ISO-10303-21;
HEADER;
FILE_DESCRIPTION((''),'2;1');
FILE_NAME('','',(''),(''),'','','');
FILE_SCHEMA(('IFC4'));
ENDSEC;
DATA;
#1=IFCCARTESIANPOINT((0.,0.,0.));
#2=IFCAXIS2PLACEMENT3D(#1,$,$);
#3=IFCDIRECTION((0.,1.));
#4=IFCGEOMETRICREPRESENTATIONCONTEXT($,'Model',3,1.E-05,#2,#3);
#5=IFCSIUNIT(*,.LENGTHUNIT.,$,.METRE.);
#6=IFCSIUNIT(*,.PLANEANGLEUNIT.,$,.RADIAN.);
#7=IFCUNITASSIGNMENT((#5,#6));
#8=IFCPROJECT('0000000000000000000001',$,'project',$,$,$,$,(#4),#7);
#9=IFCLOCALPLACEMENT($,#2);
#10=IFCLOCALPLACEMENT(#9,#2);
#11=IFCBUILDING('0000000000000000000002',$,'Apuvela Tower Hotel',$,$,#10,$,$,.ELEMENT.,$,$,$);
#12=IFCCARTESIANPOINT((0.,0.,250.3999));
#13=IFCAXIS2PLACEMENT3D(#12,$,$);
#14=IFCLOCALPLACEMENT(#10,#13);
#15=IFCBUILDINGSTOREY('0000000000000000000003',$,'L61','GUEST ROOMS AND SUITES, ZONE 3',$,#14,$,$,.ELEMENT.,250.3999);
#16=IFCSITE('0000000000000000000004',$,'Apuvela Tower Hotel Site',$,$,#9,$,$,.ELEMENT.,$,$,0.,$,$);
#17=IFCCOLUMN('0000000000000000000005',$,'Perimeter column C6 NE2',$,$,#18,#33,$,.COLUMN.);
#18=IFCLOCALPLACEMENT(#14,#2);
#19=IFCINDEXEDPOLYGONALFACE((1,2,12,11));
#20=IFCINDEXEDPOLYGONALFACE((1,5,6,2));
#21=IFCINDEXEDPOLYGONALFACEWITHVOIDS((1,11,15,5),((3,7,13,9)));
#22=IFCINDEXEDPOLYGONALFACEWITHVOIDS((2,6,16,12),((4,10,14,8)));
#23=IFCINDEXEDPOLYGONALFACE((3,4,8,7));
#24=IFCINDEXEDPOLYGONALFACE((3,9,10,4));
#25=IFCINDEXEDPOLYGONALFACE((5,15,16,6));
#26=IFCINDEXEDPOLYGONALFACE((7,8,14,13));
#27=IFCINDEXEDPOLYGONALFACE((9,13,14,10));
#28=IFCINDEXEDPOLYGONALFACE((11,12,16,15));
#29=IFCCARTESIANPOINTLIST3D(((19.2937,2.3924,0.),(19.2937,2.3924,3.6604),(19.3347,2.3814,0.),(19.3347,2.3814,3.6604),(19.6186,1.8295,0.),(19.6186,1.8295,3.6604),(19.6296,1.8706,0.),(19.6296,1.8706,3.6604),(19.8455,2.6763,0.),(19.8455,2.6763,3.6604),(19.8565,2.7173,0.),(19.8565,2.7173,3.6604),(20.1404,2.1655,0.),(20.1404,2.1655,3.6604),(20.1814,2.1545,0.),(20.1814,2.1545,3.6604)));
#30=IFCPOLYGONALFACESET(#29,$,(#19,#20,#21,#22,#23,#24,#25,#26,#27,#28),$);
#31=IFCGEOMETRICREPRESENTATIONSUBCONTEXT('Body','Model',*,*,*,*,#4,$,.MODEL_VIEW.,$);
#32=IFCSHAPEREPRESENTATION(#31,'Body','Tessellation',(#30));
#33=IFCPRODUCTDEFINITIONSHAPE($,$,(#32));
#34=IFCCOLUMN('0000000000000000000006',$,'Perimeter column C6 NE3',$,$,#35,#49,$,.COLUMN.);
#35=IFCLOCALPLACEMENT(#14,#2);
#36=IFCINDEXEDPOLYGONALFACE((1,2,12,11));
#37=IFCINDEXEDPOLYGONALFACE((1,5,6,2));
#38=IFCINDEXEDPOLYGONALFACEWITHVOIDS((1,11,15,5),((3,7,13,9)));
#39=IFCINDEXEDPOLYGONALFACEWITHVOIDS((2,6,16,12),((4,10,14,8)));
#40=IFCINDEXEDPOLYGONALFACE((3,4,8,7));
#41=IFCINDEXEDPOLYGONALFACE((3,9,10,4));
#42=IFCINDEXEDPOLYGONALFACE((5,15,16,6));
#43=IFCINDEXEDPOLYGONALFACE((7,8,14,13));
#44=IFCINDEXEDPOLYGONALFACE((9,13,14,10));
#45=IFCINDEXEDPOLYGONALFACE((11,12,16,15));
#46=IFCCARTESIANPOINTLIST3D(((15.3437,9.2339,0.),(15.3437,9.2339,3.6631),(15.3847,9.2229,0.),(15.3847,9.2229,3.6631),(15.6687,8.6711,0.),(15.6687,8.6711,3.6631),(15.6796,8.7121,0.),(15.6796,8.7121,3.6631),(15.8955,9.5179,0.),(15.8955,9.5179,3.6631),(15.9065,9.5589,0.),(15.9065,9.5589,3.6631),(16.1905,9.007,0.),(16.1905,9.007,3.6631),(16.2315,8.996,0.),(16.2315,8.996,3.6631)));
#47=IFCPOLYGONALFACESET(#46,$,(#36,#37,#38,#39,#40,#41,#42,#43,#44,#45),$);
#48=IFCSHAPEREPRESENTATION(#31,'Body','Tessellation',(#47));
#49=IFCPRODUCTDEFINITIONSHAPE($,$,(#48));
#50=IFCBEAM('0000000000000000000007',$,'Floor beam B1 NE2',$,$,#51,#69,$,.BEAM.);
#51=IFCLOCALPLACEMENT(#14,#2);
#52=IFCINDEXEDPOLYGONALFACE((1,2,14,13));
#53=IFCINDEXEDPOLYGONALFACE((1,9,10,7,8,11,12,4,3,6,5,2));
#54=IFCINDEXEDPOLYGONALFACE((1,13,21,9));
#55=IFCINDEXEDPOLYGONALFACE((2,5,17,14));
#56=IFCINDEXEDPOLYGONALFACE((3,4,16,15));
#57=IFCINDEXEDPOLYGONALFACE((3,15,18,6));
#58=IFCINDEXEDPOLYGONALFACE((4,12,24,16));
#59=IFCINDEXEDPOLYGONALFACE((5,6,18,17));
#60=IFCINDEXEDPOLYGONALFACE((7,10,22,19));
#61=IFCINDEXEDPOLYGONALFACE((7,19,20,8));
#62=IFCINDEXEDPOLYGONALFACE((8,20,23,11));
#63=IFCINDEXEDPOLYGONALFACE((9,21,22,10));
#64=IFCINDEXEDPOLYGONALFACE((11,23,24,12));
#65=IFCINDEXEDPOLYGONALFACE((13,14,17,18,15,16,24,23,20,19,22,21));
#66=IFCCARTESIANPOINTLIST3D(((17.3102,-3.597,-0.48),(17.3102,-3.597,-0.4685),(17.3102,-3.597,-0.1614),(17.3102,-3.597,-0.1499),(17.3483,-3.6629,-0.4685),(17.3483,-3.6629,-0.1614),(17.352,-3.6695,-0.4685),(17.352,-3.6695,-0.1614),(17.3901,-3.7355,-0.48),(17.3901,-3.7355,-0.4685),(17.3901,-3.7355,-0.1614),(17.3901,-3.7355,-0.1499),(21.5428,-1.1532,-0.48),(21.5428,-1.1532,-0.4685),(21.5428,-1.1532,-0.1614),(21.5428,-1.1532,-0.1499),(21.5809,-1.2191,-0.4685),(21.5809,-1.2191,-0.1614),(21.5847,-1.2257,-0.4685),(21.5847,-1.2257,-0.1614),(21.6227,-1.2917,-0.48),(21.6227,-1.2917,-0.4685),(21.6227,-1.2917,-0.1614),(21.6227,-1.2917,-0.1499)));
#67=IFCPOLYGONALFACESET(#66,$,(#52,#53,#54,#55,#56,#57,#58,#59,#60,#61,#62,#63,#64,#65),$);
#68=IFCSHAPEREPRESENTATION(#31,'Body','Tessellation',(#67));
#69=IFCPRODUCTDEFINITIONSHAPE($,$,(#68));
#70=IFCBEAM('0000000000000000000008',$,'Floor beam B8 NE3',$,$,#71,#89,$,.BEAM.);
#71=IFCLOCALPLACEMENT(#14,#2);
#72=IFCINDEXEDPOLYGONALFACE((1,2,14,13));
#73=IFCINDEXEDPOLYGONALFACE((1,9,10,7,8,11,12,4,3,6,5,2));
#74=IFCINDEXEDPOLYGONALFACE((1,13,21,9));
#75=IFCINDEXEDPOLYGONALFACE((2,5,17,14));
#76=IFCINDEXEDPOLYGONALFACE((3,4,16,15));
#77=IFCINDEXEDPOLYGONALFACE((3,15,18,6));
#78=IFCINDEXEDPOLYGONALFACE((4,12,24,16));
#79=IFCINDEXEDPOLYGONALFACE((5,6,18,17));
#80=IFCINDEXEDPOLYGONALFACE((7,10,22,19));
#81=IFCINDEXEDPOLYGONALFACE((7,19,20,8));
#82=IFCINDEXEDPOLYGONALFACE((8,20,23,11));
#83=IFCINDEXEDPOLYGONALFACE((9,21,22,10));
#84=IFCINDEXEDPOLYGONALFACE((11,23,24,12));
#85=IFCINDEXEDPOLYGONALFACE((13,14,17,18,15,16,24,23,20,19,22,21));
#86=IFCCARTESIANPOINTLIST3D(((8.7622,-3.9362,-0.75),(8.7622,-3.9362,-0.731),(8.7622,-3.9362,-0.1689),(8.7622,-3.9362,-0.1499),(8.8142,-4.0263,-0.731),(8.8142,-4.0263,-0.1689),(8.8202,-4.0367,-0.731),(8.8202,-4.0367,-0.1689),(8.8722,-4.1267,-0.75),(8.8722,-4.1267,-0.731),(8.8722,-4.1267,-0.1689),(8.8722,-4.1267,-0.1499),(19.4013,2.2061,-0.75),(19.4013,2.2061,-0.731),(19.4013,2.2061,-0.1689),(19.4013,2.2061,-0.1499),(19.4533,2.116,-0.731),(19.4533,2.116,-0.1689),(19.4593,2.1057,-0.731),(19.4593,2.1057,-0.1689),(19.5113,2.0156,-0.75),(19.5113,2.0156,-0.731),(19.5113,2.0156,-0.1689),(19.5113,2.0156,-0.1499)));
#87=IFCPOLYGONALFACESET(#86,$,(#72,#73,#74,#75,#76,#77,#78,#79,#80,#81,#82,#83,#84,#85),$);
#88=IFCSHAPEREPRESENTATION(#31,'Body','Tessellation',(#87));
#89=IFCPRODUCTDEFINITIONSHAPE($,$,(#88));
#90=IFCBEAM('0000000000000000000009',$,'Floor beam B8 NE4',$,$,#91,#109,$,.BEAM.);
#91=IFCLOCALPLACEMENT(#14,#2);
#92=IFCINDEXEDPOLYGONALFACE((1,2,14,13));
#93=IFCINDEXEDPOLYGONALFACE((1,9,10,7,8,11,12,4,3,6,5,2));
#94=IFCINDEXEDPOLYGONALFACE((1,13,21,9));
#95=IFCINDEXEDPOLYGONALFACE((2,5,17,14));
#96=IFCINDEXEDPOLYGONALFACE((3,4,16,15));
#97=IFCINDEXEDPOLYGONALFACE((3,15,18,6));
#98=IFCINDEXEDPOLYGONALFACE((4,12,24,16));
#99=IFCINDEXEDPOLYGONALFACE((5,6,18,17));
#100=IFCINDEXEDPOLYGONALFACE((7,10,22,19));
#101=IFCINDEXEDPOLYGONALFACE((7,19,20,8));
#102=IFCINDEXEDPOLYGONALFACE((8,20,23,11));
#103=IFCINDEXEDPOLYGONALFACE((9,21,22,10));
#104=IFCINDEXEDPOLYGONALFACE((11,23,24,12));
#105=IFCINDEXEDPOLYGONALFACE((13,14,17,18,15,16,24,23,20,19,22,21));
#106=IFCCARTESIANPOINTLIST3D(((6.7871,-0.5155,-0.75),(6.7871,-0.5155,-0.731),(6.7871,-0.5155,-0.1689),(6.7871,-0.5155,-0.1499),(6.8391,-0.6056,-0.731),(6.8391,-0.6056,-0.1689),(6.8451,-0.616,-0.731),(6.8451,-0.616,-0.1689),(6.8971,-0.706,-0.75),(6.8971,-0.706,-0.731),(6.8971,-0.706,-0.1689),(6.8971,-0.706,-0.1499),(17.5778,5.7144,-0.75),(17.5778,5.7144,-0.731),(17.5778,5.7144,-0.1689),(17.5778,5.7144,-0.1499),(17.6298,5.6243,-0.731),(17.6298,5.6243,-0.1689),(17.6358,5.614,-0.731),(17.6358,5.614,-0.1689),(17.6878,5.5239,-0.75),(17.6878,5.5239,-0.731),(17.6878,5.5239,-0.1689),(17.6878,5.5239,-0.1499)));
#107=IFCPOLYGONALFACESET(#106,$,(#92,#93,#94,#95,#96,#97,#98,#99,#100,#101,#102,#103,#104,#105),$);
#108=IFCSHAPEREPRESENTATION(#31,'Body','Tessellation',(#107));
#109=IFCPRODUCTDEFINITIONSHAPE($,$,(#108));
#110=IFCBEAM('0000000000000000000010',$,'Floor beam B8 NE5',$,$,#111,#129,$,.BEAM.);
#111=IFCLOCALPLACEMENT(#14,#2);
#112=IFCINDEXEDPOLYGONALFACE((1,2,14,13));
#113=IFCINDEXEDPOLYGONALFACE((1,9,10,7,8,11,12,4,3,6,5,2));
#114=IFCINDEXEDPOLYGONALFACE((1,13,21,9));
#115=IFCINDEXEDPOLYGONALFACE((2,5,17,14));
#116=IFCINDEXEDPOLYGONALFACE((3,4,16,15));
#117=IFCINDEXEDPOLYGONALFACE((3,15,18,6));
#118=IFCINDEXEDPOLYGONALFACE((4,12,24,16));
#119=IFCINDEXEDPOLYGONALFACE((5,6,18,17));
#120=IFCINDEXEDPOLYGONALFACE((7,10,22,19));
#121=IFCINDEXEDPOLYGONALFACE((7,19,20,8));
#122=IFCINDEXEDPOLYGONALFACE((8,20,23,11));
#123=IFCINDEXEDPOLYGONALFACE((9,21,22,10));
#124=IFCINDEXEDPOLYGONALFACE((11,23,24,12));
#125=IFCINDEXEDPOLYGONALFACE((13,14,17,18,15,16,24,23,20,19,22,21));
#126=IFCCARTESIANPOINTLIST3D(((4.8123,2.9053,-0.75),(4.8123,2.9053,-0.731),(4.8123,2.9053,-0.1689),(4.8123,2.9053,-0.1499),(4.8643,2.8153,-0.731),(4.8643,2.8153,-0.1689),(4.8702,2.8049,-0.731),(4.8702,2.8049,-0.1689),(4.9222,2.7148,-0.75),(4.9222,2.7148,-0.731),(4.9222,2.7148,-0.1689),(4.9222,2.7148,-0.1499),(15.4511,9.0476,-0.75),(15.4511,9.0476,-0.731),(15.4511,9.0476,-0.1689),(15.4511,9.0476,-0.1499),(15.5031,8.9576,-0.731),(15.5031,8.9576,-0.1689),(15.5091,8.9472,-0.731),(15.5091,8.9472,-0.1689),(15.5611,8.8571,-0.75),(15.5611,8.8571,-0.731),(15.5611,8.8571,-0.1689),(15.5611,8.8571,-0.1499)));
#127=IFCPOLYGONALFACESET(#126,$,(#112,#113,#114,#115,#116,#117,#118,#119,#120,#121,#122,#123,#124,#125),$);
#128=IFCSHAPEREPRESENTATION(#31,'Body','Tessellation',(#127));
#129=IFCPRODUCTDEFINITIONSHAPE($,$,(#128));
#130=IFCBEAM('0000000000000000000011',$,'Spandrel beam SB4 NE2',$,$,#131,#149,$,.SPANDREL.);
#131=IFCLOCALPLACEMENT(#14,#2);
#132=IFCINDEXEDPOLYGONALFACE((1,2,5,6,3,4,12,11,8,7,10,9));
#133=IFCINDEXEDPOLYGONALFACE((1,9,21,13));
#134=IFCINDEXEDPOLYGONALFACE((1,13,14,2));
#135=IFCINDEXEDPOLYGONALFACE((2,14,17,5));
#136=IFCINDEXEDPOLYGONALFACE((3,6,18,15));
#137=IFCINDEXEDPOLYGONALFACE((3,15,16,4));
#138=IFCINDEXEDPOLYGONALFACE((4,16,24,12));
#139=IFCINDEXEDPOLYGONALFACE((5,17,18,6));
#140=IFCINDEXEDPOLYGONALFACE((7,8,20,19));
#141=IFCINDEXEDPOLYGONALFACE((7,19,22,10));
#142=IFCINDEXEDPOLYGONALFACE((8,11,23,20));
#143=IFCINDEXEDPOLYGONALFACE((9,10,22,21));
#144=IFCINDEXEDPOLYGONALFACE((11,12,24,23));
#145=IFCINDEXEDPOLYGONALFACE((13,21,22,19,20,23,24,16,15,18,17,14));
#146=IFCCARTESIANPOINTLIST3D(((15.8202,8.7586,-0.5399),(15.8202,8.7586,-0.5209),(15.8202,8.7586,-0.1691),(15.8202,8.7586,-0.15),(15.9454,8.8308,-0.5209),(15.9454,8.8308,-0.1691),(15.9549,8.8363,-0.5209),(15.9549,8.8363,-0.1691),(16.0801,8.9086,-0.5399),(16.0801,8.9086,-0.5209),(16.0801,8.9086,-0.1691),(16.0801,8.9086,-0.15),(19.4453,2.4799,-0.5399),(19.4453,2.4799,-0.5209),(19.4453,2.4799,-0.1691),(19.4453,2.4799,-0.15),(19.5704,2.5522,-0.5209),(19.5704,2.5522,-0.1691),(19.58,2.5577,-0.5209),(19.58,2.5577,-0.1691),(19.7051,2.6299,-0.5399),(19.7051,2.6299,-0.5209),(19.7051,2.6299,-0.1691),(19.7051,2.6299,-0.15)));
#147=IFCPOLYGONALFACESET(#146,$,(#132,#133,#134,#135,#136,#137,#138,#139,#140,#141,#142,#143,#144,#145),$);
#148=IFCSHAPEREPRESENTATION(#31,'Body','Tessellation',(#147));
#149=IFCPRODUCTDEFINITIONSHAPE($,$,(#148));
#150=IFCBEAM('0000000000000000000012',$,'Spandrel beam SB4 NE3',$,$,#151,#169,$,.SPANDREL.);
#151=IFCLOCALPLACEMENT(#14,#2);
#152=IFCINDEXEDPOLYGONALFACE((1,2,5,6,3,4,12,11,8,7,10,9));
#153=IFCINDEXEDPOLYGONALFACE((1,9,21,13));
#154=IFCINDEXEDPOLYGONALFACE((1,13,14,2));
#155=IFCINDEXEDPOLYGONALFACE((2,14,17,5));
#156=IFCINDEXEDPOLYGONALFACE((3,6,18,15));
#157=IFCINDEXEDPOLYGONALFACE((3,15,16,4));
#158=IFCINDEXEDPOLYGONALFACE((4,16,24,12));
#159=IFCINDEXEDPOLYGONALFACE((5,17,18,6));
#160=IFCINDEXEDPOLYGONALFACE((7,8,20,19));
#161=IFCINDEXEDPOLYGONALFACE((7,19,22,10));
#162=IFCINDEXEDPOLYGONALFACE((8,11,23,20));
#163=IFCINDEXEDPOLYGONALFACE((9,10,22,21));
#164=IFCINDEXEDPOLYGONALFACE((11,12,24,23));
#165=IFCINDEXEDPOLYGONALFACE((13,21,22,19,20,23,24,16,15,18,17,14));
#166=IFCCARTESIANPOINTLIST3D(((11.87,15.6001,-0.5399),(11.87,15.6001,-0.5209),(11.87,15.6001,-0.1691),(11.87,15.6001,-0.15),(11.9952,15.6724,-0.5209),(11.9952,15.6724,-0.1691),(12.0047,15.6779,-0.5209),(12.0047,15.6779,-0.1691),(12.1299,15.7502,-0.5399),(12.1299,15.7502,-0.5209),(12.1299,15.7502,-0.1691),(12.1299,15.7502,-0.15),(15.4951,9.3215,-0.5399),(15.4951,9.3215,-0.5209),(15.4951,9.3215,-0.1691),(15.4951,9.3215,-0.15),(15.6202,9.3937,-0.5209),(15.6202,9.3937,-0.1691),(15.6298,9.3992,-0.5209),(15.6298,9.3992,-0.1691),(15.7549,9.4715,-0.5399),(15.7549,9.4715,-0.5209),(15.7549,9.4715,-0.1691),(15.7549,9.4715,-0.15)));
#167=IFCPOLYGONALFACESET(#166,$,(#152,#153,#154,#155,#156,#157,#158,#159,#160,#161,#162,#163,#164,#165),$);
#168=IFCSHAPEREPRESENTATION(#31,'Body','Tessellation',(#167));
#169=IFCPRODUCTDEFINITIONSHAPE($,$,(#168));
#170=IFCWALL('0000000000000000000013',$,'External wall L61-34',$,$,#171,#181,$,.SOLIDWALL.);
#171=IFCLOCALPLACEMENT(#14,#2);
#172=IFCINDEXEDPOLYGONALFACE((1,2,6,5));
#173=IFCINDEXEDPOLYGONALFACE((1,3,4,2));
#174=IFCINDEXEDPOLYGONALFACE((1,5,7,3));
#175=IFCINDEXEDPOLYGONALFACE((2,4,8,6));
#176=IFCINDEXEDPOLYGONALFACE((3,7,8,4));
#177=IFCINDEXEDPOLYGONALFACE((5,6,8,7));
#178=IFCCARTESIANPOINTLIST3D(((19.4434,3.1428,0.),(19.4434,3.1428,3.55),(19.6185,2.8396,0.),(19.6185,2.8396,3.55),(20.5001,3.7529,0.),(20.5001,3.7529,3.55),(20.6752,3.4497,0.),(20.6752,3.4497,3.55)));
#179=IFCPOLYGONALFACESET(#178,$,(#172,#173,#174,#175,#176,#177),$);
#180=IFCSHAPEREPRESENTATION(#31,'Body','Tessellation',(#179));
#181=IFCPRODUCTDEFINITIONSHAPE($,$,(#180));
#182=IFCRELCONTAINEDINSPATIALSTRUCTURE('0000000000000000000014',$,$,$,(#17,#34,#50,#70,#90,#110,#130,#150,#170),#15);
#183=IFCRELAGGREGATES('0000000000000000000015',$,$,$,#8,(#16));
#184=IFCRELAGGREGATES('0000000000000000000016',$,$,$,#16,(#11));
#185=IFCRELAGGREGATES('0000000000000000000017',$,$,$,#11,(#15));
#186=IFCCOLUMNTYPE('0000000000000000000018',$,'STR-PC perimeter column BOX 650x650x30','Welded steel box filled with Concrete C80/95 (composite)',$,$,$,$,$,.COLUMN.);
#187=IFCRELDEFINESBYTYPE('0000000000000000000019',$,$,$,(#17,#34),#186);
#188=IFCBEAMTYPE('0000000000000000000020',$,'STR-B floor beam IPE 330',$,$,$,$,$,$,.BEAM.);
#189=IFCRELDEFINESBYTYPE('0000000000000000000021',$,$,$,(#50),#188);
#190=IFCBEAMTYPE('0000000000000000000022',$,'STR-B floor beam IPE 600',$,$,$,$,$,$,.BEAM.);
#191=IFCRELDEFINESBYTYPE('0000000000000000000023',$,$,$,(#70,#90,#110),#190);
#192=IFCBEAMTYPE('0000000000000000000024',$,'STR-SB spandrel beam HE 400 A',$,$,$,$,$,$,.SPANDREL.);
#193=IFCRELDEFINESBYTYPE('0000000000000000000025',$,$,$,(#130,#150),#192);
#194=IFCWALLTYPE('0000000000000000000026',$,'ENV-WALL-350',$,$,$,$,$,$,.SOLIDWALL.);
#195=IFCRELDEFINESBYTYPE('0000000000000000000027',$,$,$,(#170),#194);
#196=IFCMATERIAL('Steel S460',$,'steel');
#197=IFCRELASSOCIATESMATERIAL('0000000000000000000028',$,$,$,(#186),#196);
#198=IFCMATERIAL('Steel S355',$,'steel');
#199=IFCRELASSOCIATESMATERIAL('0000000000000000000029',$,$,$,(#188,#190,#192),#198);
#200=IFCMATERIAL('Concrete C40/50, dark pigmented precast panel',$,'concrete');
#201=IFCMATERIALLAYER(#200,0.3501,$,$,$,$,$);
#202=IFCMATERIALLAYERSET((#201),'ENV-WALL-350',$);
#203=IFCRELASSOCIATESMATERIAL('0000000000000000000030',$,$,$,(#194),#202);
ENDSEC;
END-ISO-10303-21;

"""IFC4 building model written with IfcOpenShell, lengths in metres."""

from ifc_helpers import new_model, si_unit, direction, frame, frame_2d, origin, origin_2d, place, context, subcontext, project, spatial, rectangle, hollow_rectangle, i_section, extrude, boolean, halfspace, material, layer, layer_set, material_profile, profile_set, type_object, element, save


model = new_model("IFC4")

# Units and contexts
model_context = context("Model", 3, precision=1e-05, world=origin(), true_north=direction((0.0, 1.0)))
body_context = subcontext(model_context, "Body", "Model", "MODEL_VIEW")
ifc_project = project(units=[si_unit("LENGTHUNIT", "METRE"), si_unit("PLANEANGLEUNIT", "RADIAN")], contexts=[model_context])

# Site, building, storey
site_placement = place(None, origin())
site = spatial("IfcSite", under=ifc_project, at=site_placement, Name="Apuvela Tower Hotel Site", CompositionType="ELEMENT", RefElevation=0.0)
building_placement = place(site_placement, origin())
building = spatial("IfcBuilding", under=site, at=building_placement, Name="Apuvela Tower Hotel", CompositionType="ELEMENT")
storey_placement = place(building_placement, frame((0.0, 0.0, 250.3999)))
storey = spatial("IfcBuildingStorey", under=building, at=storey_placement, Name="L61", Description="GUEST ROOMS AND SUITES, ZONE 3", CompositionType="ELEMENT", Elevation=250.3999)

# Columns
ifc_material_1 = material(Name="Steel S460", Category="steel")
ifc_material_profile_1 = material_profile(ifc_material_1, hollow_rectangle(XDim=0.6499, YDim=0.6499, WallThickness=0.03, at=origin_2d()), Name="BOX 650x650x30")
ifc_material_2 = material(Name="Concrete C80/95", Category="concrete")
ifc_material_profile_2 = material_profile(ifc_material_2, rectangle(XDim=0.5901, YDim=0.5901, at=origin_2d()), Name="Concrete C80/95 infill")
ifc_profile_set_1 = profile_set([ifc_material_profile_1, ifc_material_profile_2], Name="Steel S460")
column_type = type_object("IfcColumnType", Name="STR-PC perimeter column BOX 650x650x30", Description="Welded steel box filled with Concrete C80/95 (composite)", PredefinedType="COLUMN", material=ifc_profile_set_1)
column_1_placement = place(storey_placement, frame((19.7375, 2.2734, 0.0), z_axis=(0.0, 0.0, 1.0), x_axis=(-0.5, 0.866025, 0.0)))
element("IfcColumn", 1, at=column_1_placement, inside=storey, type_object=column_type, Name="Perimeter column C6 NE2", PredefinedType="COLUMN", context=body_context, shape_type="SweptSolid", body=[
    boolean("DIFFERENCE", extrude(hollow_rectangle(XDim=0.6499, YDim=0.6499, WallThickness=0.03, at=origin_2d()), origin(), (0.0, 0.0, 1.0), 3.7002), halfspace(frame((0.0, 0.0, 3.6604), z_axis=(0.0, 0.0, 1.0), x_axis=(1.0, 0.0, 0.0)), False)),
])
column_2_placement = place(storey_placement, frame((15.7876, 9.115, 0.0), z_axis=(0.0, 0.0, 1.0), x_axis=(-0.5, 0.866025, 0.0)))
element("IfcColumn", 2, at=column_2_placement, inside=storey, type_object=column_type, Name="Perimeter column C6 NE3", PredefinedType="COLUMN", context=body_context, shape_type="SweptSolid", body=[
    boolean("DIFFERENCE", extrude(hollow_rectangle(XDim=0.6499, YDim=0.6499, WallThickness=0.03, at=origin_2d()), origin(), (0.0, 0.0, 1.0), 3.7002), halfspace(frame((0.0, 0.0, 3.6631), z_axis=(0.0, 0.0, 1.0), x_axis=(1.0, 0.0, 0.0)), False)),
])

# Beams
ifc_material_3 = material(Name="Steel S355", Category="steel")
ifc_material_profile_3 = material_profile(ifc_material_3, i_section(OverallWidth=0.1599, OverallDepth=0.3301, WebThickness=0.0076, FlangeThickness=0.0115, at=origin_2d()), Name="IPE 330")
ifc_profile_set_2 = profile_set([ifc_material_profile_3], Name="Steel S355")
beam_type_1 = type_object("IfcBeamType", Name="STR-B floor beam IPE 330", PredefinedType="BEAM", material=ifc_profile_set_2)
beam_1_placement = place(storey_placement, frame((21.5828, -1.2224, -0.3149), z_axis=(-0.866015, -0.500018, 0.0), x_axis=(0.500018, -0.866015, 0.0)))
element("IfcBeam", 3, at=beam_1_placement, inside=storey, type_object=beam_type_1, Name="Floor beam B1 NE2", PredefinedType="BEAM", context=body_context, shape_type="SweptSolid", body=[
    extrude(i_section(OverallWidth=0.1599, OverallDepth=0.3301, WebThickness=0.0076, FlangeThickness=0.0115, at=origin_2d()), origin(), (0.0, 0.0, 1.0), 4.8875),
])
ifc_material_profile_4 = material_profile(ifc_material_3, i_section(OverallWidth=0.22, OverallDepth=0.6001, WebThickness=0.012, FlangeThickness=0.019, at=origin_2d()), Name="IPE 600")
ifc_profile_set_3 = profile_set([ifc_material_profile_4], Name="Steel S355")
beam_type_2 = type_object("IfcBeamType", Name="STR-B floor beam IPE 600", PredefinedType="BEAM", material=ifc_profile_set_3)
beam_2_placement = place(storey_placement, frame((19.4563, 2.1108, -0.45), z_axis=(-0.866032, -0.499989, 0.0), x_axis=(0.499989, -0.866032, 0.0)))
element("IfcBeam", 4, at=beam_2_placement, inside=storey, type_object=beam_type_2, Name="Floor beam B8 NE3", PredefinedType="BEAM", context=body_context, shape_type="SweptSolid", body=[
    extrude(i_section(OverallWidth=0.22, OverallDepth=0.6001, WebThickness=0.012, FlangeThickness=0.019, at=origin_2d()), origin(), (0.0, 0.0, 1.0), 12.2849),
])
beam_3_placement = place(storey_placement, frame((17.6328, 5.6191, -0.45), z_axis=(-0.866028, -0.499996, 0.0), x_axis=(0.499996, -0.866028, 0.0)))
element("IfcBeam", 5, at=beam_3_placement, inside=storey, type_object=beam_type_2, Name="Floor beam B8 NE4", PredefinedType="BEAM", context=body_context, shape_type="SweptSolid", body=[
    extrude(i_section(OverallWidth=0.22, OverallDepth=0.6001, WebThickness=0.012, FlangeThickness=0.019, at=origin_2d()), origin(), (0.0, 0.0, 1.0), 12.46),
])
beam_4_placement = place(storey_placement, frame((15.5061, 8.9524, -0.45), z_axis=(-0.866027, -0.499997, 0.0), x_axis=(0.499997, -0.866027, 0.0)))
element("IfcBeam", 6, at=beam_4_placement, inside=storey, type_object=beam_type_2, Name="Floor beam B8 NE5", PredefinedType="BEAM", context=body_context, shape_type="SweptSolid", body=[
    extrude(i_section(OverallWidth=0.22, OverallDepth=0.6001, WebThickness=0.012, FlangeThickness=0.019, at=origin_2d()), origin(), (0.0, 0.0, 1.0), 12.2847),
])
ifc_material_profile_5 = material_profile(ifc_material_3, i_section(OverallWidth=0.3, OverallDepth=0.3899, WebThickness=0.011, FlangeThickness=0.019, at=origin_2d()), Name="HE 400 A")
ifc_profile_set_4 = profile_set([ifc_material_profile_5], Name="Steel S355")
beam_type_3 = type_object("IfcBeamType", Name="STR-SB spandrel beam HE 400 A", PredefinedType="SPANDREL", material=ifc_profile_set_4)
for number, where, z_axis, x_axis, name in (
    (7, (19.5752, 2.5549, -0.345), (-0.500007, 0.866021, 0.0), (-0.866021, -0.500007, 0.0), "Spandrel beam SB4 NE2"),
    (8, (15.625, 9.3965, -0.345), (-0.500007, 0.866021, 0.0), (-0.866021, -0.500007, 0.0), "Spandrel beam SB4 NE3"),
):
    element("IfcBeam", number, at=place(storey_placement, frame(where, z_axis=z_axis, x_axis=x_axis)), inside=storey, type_object=beam_type_3, Name=name, PredefinedType="SPANDREL", context=body_context, shape_type="SweptSolid", body=[
        extrude(i_section(OverallWidth=0.3, OverallDepth=0.3899, WebThickness=0.011, FlangeThickness=0.019, at=origin_2d()), origin(), (0.0, 0.0, 1.0), 7.25),
    ])

# Wall
ifc_material_4 = material(Name="Concrete C40/50, dark pigmented precast panel", Category="concrete")
ifc_layer_1 = layer(ifc_material_4, 0.3501)
ifc_layer_set_1 = layer_set([ifc_layer_1], Name="ENV-WALL-350")
wall_type_1 = type_object("IfcWallType", Name="ENV-WALL-350", PredefinedType="SOLIDWALL", material=ifc_layer_set_1)
wall_1_placement = place(storey_placement, frame((20.5876, 3.6013, 0.0), z_axis=(0.0, 0.0, 1.0), x_axis=(-0.866006, -0.500034, 0.0)))
element("IfcWall", 9, at=wall_1_placement, inside=storey, type_object=wall_type_1, Name="External wall L61-34", PredefinedType="SOLIDWALL", context=body_context, shape_type="SweptSolid", body=[
    extrude(rectangle(XDim=1.2202, YDim=0.3501, at=frame_2d((0.6101, 0.0))), origin(), (0.0, 0.0, 1.0), 3.55),
])

save(model, "model.ifc")
